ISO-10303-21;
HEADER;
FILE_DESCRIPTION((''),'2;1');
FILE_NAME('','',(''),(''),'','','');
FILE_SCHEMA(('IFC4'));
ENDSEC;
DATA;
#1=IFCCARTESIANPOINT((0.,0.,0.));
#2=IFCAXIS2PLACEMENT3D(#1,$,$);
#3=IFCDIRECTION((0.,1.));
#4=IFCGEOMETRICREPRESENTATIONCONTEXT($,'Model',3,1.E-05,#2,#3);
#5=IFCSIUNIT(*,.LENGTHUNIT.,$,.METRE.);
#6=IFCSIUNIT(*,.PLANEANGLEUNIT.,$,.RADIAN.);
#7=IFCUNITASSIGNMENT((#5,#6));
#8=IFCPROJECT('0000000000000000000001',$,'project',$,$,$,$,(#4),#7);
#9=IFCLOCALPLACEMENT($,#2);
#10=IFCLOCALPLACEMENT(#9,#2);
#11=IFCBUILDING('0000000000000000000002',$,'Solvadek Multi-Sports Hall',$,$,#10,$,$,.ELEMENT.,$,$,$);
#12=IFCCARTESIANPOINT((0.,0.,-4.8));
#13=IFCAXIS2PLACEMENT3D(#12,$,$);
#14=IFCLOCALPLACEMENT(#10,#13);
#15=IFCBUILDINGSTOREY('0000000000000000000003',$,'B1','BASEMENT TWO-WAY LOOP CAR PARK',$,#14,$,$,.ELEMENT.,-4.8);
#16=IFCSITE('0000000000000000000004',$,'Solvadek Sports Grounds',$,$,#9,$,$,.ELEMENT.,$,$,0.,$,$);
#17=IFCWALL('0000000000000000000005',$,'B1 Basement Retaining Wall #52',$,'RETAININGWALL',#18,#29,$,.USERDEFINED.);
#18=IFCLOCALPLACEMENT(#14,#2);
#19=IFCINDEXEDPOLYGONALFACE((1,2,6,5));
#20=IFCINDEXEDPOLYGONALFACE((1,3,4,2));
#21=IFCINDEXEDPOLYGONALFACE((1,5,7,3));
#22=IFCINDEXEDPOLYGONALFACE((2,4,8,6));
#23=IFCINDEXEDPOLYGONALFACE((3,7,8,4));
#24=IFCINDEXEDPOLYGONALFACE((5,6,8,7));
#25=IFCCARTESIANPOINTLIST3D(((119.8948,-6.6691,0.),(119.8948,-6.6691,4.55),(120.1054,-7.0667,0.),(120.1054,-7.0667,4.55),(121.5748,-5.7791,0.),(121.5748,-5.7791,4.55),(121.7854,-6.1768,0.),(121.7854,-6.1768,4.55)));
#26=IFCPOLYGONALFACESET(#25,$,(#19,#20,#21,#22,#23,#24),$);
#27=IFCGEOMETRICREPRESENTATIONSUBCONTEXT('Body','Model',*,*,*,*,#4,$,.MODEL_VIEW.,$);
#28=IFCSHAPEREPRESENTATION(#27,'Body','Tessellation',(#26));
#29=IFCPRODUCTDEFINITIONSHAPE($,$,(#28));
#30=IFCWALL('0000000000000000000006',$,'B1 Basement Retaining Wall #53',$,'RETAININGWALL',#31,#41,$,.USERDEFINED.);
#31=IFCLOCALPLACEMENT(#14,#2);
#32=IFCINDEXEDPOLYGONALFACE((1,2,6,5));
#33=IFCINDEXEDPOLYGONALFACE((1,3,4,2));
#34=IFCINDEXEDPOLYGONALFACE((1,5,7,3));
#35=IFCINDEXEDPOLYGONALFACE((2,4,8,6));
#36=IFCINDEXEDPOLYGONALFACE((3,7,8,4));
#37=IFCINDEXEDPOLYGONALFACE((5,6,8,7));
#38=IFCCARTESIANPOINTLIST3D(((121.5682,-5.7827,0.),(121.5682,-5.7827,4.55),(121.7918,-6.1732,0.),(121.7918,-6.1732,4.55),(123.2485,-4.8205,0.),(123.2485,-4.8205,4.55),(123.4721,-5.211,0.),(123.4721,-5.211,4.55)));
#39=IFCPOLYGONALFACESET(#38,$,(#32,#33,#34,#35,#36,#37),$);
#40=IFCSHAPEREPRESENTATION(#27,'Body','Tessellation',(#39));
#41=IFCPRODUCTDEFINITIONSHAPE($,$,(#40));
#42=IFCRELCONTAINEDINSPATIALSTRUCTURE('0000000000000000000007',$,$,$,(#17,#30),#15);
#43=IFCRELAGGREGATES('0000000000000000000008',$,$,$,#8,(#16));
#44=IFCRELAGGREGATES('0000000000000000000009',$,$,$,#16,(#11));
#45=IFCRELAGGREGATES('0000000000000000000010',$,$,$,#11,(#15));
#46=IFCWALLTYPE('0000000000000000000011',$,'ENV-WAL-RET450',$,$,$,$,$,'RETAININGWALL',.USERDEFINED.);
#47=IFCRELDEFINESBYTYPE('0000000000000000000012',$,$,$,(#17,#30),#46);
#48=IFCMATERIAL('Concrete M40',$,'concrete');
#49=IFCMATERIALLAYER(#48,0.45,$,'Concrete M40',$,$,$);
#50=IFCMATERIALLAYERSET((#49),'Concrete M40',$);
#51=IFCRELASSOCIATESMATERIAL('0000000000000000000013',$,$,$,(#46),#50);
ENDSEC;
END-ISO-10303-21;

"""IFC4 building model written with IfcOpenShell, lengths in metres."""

from ifc_helpers import new_model, si_unit, direction, frame, frame_2d, origin, place, context, subcontext, project, spatial, rectangle, extrude, material, layer, layer_set, type_object, element, save


model = new_model("IFC4")

# Units and contexts
model_context = context("Model", 3, precision=1e-05, world=origin(), true_north=direction((0.0, 1.0)))
body_context = subcontext(model_context, "Body", "Model", "MODEL_VIEW")
ifc_project = project(units=[si_unit("LENGTHUNIT", "METRE"), si_unit("PLANEANGLEUNIT", "RADIAN")], contexts=[model_context])

# Site, building, storey
site_placement = place(None, origin())
site = spatial("IfcSite", under=ifc_project, at=site_placement, Name="Solvadek Sports Grounds", CompositionType="ELEMENT", RefElevation=0.0)
building_placement = place(site_placement, origin())
building = spatial("IfcBuilding", under=site, at=building_placement, Name="Solvadek Multi-Sports Hall", CompositionType="ELEMENT")
storey_placement = place(building_placement, frame((0.0, 0.0, -4.8)))
storey = spatial("IfcBuildingStorey", under=building, at=storey_placement, Name="B1", Description="BASEMENT TWO-WAY LOOP CAR PARK", CompositionType="ELEMENT", Elevation=-4.8)

# Shared definitions
ifc_material_1 = material(Name="Concrete M40", Category="concrete")

# Walls
ifc_layer_1 = layer(ifc_material_1, 0.45, Name="Concrete M40")
ifc_layer_set_1 = layer_set([ifc_layer_1], Name="Concrete M40")
wall_type = type_object("IfcWallType", Name="ENV-WAL-RET450", ElementType="RETAININGWALL", PredefinedType="USERDEFINED", material=ifc_layer_set_1)
wall_1_placement = place(storey_placement, frame((120.0, -6.8679, 0.0), z_axis=(0.0, 0.0, 1.0), x_axis=(0.883675, 0.4681, 0.0)))
element("IfcWall", 1, at=wall_1_placement, inside=storey, type_object=wall_type, Name="B1 Basement Retaining Wall #52", ObjectType="RETAININGWALL", PredefinedType="USERDEFINED", context=body_context, shape_type="SweptSolid", body=[
    extrude(rectangle(XDim=1.9011, YDim=0.45, at=frame_2d((0.9507, 0.0))), origin(), (0.0, 0.0, 1.0), 4.55),
])
wall_2_placement = place(storey_placement, frame((121.6799, -5.978, 0.0), z_axis=(0.0, 0.0, 1.0), x_axis=(0.867785, 0.49694, 0.0)))
element("IfcWall", 2, at=wall_2_placement, inside=storey, type_object=wall_type, Name="B1 Basement Retaining Wall #53", ObjectType="RETAININGWALL", PredefinedType="USERDEFINED", context=body_context, shape_type="SweptSolid", body=[
    extrude(rectangle(XDim=1.9363, YDim=0.45, at=frame_2d((0.9683, 0.0))), origin(), (0.0, 0.0, 1.0), 4.55),
])

save(model, "model.ifc")
